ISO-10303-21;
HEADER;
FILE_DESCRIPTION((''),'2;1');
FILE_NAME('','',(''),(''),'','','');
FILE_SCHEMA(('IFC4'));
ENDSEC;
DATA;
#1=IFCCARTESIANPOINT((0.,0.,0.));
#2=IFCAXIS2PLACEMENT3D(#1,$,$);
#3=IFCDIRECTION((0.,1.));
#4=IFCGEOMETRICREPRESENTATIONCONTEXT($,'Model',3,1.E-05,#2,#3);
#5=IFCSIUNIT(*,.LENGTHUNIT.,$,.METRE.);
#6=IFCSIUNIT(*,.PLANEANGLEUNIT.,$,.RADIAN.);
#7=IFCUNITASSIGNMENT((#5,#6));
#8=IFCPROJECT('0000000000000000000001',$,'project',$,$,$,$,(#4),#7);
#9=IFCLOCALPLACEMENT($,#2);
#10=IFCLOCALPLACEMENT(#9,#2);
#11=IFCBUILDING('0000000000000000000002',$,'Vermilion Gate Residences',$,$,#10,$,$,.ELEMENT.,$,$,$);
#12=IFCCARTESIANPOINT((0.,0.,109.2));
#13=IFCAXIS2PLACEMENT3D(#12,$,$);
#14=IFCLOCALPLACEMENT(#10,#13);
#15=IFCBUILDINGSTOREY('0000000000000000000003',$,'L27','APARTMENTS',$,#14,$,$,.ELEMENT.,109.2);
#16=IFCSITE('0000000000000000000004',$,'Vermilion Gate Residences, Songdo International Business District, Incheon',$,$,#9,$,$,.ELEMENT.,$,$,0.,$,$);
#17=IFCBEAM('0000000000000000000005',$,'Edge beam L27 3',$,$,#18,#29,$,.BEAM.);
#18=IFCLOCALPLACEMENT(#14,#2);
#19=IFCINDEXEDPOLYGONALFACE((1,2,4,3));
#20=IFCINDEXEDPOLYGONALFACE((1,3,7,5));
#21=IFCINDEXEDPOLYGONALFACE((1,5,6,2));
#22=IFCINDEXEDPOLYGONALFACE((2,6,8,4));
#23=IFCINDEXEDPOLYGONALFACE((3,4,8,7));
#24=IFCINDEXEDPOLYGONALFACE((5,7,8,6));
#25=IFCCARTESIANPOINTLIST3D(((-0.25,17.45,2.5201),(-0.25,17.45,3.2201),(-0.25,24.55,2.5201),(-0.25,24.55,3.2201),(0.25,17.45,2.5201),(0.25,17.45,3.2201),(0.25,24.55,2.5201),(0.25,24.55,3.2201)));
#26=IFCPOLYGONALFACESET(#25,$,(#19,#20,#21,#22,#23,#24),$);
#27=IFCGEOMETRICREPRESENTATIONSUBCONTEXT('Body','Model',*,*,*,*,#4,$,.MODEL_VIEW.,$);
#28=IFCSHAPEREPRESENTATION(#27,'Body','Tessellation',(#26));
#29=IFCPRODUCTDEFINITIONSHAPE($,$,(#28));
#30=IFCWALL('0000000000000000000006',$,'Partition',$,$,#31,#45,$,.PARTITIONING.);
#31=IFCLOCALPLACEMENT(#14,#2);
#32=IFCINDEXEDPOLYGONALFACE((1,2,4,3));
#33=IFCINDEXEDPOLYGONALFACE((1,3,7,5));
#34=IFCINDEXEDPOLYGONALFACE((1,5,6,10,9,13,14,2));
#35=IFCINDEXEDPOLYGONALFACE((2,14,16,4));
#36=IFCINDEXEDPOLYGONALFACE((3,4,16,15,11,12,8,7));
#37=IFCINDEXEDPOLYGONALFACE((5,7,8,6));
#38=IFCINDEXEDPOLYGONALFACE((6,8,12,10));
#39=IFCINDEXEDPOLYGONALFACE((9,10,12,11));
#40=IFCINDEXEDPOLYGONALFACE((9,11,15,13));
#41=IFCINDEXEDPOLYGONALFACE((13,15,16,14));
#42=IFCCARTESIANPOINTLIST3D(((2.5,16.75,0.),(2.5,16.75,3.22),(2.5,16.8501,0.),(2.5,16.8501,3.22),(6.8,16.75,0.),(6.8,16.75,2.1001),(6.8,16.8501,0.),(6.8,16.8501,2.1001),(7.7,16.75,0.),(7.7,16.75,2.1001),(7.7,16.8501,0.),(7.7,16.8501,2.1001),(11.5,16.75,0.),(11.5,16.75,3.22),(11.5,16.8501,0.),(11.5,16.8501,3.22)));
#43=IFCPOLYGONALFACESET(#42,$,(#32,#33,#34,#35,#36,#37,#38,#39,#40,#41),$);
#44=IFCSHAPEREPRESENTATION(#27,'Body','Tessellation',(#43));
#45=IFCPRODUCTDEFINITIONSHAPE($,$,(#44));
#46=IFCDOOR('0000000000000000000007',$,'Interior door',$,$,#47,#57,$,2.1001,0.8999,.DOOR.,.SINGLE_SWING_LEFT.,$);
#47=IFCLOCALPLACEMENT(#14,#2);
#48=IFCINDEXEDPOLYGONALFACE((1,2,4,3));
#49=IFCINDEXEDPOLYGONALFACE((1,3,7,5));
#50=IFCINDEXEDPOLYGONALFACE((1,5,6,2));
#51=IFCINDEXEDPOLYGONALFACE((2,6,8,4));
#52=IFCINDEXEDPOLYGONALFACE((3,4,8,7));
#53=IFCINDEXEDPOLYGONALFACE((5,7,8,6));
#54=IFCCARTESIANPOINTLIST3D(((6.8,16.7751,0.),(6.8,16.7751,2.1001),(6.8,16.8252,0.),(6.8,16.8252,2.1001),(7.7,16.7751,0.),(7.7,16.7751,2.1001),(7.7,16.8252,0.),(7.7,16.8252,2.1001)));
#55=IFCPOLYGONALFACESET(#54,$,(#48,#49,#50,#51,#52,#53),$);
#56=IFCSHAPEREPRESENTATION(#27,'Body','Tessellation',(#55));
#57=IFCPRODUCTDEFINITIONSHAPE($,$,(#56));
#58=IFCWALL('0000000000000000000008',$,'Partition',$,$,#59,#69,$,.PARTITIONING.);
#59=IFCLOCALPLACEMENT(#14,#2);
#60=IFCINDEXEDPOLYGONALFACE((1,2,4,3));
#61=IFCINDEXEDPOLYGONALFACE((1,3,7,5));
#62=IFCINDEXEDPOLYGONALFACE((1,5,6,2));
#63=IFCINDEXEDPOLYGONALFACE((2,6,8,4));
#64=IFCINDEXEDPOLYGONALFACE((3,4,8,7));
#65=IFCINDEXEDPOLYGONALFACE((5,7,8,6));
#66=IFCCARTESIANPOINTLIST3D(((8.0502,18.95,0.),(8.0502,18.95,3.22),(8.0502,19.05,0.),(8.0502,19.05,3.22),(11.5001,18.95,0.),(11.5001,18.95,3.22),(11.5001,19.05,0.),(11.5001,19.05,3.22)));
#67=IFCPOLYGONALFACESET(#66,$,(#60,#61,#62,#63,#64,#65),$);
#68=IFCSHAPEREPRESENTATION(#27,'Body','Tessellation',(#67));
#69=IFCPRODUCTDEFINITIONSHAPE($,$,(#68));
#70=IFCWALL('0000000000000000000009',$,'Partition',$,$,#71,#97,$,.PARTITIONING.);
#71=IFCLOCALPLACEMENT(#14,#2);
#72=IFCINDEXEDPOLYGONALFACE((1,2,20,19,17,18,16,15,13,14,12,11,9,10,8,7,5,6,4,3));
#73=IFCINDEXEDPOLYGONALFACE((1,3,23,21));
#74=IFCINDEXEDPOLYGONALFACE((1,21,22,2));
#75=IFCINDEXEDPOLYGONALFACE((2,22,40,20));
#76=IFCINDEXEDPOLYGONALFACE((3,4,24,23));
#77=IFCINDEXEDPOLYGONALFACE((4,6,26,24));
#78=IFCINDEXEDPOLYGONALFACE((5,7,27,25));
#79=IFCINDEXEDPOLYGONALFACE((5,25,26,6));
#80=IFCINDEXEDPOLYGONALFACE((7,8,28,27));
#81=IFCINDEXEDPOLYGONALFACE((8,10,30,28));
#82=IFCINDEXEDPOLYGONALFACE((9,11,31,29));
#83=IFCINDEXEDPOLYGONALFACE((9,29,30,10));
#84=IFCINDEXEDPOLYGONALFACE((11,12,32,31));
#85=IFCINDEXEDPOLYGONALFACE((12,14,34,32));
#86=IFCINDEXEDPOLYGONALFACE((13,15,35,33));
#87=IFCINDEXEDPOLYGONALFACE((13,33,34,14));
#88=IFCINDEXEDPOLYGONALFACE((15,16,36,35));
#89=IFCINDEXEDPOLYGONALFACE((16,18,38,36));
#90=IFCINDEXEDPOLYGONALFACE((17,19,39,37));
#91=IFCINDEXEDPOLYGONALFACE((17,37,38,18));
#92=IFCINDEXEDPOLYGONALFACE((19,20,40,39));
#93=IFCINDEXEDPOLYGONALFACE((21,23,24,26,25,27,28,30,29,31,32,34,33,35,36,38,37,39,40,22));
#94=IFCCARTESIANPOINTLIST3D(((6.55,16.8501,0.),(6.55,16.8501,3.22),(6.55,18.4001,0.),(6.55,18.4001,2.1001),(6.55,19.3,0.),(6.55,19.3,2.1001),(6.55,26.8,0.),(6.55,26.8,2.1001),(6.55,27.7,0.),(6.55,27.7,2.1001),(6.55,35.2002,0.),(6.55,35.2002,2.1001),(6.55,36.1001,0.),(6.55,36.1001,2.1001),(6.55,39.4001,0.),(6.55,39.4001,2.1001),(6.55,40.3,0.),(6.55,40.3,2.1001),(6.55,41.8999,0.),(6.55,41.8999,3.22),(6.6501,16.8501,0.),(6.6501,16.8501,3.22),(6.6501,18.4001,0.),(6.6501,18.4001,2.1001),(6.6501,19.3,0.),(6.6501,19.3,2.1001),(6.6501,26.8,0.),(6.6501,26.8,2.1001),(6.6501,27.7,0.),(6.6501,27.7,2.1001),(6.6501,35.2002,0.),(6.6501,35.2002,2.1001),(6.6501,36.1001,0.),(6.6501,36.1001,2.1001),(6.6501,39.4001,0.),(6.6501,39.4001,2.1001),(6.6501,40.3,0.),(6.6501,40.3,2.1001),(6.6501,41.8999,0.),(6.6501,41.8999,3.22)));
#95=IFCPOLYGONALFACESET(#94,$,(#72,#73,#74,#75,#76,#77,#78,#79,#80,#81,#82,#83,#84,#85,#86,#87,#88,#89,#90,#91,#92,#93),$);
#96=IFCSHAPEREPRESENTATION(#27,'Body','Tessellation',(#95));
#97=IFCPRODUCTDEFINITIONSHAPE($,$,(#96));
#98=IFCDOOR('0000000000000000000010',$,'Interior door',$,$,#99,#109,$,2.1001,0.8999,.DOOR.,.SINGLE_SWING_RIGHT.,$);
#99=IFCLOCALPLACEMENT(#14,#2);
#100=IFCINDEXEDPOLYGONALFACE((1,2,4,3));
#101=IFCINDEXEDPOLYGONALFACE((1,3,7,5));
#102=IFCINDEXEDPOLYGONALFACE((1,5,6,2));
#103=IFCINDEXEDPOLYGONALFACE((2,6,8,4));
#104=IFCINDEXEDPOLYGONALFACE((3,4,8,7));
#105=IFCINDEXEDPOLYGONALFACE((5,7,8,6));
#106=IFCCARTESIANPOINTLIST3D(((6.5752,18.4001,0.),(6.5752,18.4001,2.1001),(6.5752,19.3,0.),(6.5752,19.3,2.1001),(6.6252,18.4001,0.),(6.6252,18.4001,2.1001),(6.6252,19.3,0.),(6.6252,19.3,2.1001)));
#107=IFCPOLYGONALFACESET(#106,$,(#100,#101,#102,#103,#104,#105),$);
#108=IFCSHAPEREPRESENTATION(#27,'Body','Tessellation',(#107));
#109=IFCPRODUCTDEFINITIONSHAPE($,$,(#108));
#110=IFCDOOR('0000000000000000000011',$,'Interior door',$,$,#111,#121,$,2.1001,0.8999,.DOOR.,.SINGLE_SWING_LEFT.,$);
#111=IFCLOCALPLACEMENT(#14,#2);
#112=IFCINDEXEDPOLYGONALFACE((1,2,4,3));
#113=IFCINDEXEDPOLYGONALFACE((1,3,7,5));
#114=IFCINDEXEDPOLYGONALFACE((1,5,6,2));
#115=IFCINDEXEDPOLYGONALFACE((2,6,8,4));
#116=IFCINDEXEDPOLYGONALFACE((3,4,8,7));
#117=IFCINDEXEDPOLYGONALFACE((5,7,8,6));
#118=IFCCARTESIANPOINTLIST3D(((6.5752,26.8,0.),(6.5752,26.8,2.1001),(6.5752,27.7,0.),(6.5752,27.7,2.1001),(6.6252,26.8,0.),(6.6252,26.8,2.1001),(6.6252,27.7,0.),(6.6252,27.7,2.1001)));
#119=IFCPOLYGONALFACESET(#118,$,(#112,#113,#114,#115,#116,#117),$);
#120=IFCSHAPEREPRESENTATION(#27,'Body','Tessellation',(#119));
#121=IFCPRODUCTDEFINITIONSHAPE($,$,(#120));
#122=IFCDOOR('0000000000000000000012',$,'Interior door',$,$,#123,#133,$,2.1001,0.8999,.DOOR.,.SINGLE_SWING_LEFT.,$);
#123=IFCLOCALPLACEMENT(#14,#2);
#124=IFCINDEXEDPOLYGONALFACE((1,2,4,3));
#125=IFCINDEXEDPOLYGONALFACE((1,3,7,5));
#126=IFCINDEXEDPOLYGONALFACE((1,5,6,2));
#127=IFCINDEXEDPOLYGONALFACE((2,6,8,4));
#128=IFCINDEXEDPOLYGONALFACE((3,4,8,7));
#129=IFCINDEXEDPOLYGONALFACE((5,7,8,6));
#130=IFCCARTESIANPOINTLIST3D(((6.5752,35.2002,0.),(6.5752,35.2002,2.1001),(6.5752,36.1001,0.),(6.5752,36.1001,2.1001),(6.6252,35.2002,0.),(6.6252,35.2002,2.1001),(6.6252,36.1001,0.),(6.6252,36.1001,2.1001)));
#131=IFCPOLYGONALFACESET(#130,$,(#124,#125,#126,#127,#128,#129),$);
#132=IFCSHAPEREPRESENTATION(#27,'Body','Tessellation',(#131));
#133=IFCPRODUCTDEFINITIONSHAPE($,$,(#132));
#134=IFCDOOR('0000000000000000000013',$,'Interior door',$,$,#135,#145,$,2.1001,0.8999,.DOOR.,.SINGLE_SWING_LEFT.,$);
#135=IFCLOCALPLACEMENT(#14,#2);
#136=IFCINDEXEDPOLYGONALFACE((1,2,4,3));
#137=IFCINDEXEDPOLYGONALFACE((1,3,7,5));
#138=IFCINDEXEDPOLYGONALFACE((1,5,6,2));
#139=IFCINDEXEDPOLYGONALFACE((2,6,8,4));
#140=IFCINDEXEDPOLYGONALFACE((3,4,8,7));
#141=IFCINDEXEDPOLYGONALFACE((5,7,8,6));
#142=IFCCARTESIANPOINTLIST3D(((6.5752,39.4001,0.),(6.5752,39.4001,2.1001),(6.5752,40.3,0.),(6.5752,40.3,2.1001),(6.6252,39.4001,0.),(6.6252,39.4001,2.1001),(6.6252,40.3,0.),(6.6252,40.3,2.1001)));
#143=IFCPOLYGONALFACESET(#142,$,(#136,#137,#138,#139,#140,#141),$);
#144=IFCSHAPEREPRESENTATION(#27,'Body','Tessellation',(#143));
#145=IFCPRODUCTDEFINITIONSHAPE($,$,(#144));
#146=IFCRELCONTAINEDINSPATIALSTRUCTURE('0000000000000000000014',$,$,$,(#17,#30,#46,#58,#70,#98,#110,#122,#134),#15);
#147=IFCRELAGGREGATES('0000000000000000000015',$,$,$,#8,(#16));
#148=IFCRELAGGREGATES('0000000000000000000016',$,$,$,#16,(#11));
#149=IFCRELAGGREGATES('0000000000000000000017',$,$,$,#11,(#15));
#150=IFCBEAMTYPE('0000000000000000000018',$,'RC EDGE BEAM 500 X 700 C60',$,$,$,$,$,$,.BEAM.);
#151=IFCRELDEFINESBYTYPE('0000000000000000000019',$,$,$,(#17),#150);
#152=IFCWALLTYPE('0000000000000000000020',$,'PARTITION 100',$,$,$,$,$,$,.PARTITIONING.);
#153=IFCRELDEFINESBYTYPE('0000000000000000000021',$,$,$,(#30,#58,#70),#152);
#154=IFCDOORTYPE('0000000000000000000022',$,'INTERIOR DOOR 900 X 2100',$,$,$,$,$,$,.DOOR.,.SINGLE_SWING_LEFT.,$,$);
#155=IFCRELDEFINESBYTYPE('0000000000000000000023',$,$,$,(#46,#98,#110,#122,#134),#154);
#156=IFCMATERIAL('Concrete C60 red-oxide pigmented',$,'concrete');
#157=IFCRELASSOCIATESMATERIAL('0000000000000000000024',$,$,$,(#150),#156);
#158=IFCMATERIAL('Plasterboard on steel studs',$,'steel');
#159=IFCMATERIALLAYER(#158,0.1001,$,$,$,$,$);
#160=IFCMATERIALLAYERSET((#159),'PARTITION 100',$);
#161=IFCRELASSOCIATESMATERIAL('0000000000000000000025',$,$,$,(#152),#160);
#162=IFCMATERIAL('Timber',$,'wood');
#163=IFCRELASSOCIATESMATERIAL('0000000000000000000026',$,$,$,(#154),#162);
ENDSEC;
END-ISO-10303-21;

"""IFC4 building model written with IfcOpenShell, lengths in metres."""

from ifc_helpers import new_model, si_unit, direction, frame, frame_2d, origin, origin_2d, place, context, subcontext, project, spatial, rectangle, extrude, material, layer, layer_set, material_profile, profile_set, type_object, element, fill, save


model = new_model("IFC4")

# Units and contexts
model_context = context("Model", 3, precision=1e-05, world=origin(), true_north=direction((0.0, 1.0)))
body_context = subcontext(model_context, "Body", "Model", "MODEL_VIEW")
ifc_project = project(units=[si_unit("LENGTHUNIT", "METRE"), si_unit("PLANEANGLEUNIT", "RADIAN")], contexts=[model_context])

# Site, building, storey
site_placement = place(None, origin())
site = spatial("IfcSite", under=ifc_project, at=site_placement, Name="Vermilion Gate Residences, Songdo International Business District, Incheon", CompositionType="ELEMENT", RefElevation=0.0)
building_placement = place(site_placement, origin())
building = spatial("IfcBuilding", under=site, at=building_placement, Name="Vermilion Gate Residences", CompositionType="ELEMENT")
storey_placement = place(building_placement, frame((0.0, 0.0, 109.2)))
storey = spatial("IfcBuildingStorey", under=building, at=storey_placement, Name="L27", Description="APARTMENTS", CompositionType="ELEMENT", Elevation=109.2)

# Beam
ifc_material_1 = material(Name="Concrete C60 red-oxide pigmented", Category="concrete")
ifc_material_profile_1 = material_profile(ifc_material_1, rectangle(XDim=0.5, YDim=0.7, at=origin_2d()), Name="RC-500x700")
ifc_profile_set_1 = profile_set([ifc_material_profile_1], Name="Concrete C60 red-oxide pigmented")
beam_type = type_object("IfcBeamType", Name="RC EDGE BEAM 500 X 700 C60", PredefinedType="BEAM", material=ifc_profile_set_1)
beam_placement = place(storey_placement, frame((0.0, 17.45, 2.8701), z_axis=(0.0, 1.0, 0.0), x_axis=(-1.0, 0.0, 0.0)))
element("IfcBeam", 1, at=beam_placement, inside=storey, type_object=beam_type, Name="Edge beam L27 3", PredefinedType="BEAM", context=body_context, shape_type="SweptSolid", body=[
    extrude(rectangle(XDim=0.5, YDim=0.7, at=origin_2d()), origin(), (0.0, 0.0, 1.0), 7.1001),
])

# Wall, opening, door
ifc_material_2 = material(Name="Plasterboard on steel studs", Category="steel")
ifc_layer_1 = layer(ifc_material_2, 0.1001)
ifc_layer_set_1 = layer_set([ifc_layer_1], Name="PARTITION 100")
wall_type_1 = type_object("IfcWallType", Name="PARTITION 100", PredefinedType="PARTITIONING", material=ifc_layer_set_1)
wall_1_placement = place(storey_placement, frame((2.5, 16.8, 0.0), z_axis=(0.0, 0.0, 1.0), x_axis=(1.0, 0.0, 0.0)))
wall_1 = element("IfcWall", 2, at=wall_1_placement, inside=storey, type_object=wall_type_1, Name="Partition", PredefinedType="PARTITIONING", context=body_context, shape_type="SweptSolid", body=[
    extrude(rectangle(XDim=9.0, YDim=0.1001, at=frame_2d((4.5, 0.0))), origin(), (0.0, 0.0, 1.0), 3.22),
])
opening_1_placement = place(wall_1_placement, frame((4.3, 0.0, 0.0)))
opening_1 = element("IfcOpeningElement", 3, at=opening_1_placement, cuts=wall_1, PredefinedType="OPENING", context=body_context, shape_type="SweptSolid", body=[
    extrude(rectangle(XDim=0.8999, YDim=2.1001, at=frame_2d((0.45, 1.05))), frame((0.0, 0.0601, 0.0), z_axis=(0.0, -1.0, 0.0), x_axis=(1.0, 0.0, 0.0)), (0.0, 0.0, 1.0), 0.1201),
])
ifc_material_3 = material(Name="Timber", Category="wood")
door_type = type_object("IfcDoorType", Name="INTERIOR DOOR 900 X 2100", OperationType="SINGLE_SWING_LEFT", PredefinedType="DOOR", material=ifc_material_3)
door_1_placement = place(opening_1_placement, frame((0.8999, 0.0, 0.0), z_axis=(0.0, 0.0, 1.0), x_axis=(-1.0, 0.0, 0.0)))
door_1 = element("IfcDoor", 4, at=door_1_placement, inside=storey, type_object=door_type, Name="Interior door", OperationType="SINGLE_SWING_LEFT", OverallHeight=2.1001, OverallWidth=0.8999, PredefinedType="DOOR", context=body_context, shape_type="SweptSolid", body=[
    extrude(rectangle(XDim=0.8999, YDim=2.1001, at=frame_2d((0.45, 1.05))), frame((0.0, 0.0249, 0.0), z_axis=(0.0, -1.0, 0.0), x_axis=(1.0, 0.0, 0.0)), (0.0, 0.0, 1.0), 0.05),
])
fill(opening_1, door_1)

# Wall
wall_2_placement = place(storey_placement, frame((8.05, 19.0, 0.0), z_axis=(0.0, 0.0, 1.0), x_axis=(1.0, 0.0, 0.0)))
element("IfcWall", 5, at=wall_2_placement, inside=storey, type_object=wall_type_1, Name="Partition", PredefinedType="PARTITIONING", context=body_context, shape_type="SweptSolid", body=[
    extrude(rectangle(XDim=3.45, YDim=0.1001, at=frame_2d((1.7251, 0.0))), origin(), (0.0, 0.0, 1.0), 3.22),
])

# Wall, openings, doors
wall_3_placement = place(storey_placement, frame((6.6001, 16.8501, 0.0), z_axis=(0.0, 0.0, 1.0), x_axis=(0.0, 1.0, 0.0)))
wall_3 = element("IfcWall", 6, at=wall_3_placement, inside=storey, type_object=wall_type_1, Name="Partition", PredefinedType="PARTITIONING", context=body_context, shape_type="SweptSolid", body=[
    extrude(rectangle(XDim=25.0498, YDim=0.1001, at=frame_2d((12.5249, 0.0))), origin(), (0.0, 0.0, 1.0), 3.22),
])
opening_2_placement = place(wall_3_placement, frame((1.55, 0.0, 0.0)))
opening_2 = element("IfcOpeningElement", 7, at=opening_2_placement, cuts=wall_3, PredefinedType="OPENING", context=body_context, shape_type="SweptSolid", body=[
    extrude(rectangle(XDim=0.8999, YDim=2.1001, at=frame_2d((0.45, 1.05))), frame((0.0, 0.0601, 0.0), z_axis=(0.0, -1.0, 0.0), x_axis=(1.0, 0.0, 0.0)), (0.0, 0.0, 1.0), 0.1201),
])
opening_3_placement = place(wall_3_placement, frame((9.95, 0.0, 0.0)))
opening_3 = element("IfcOpeningElement", 8, at=opening_3_placement, cuts=wall_3, PredefinedType="OPENING", context=body_context, shape_type="SweptSolid", body=[
    extrude(rectangle(XDim=0.8999, YDim=2.1001, at=frame_2d((0.45, 1.05))), frame((0.0, 0.0601, 0.0), z_axis=(0.0, -1.0, 0.0), x_axis=(1.0, 0.0, 0.0)), (0.0, 0.0, 1.0), 0.1201),
])
opening_4_placement = place(wall_3_placement, frame((18.3501, 0.0, 0.0)))
opening_4 = element("IfcOpeningElement", 9, at=opening_4_placement, cuts=wall_3, PredefinedType="OPENING", context=body_context, shape_type="SweptSolid", body=[
    extrude(rectangle(XDim=0.8999, YDim=2.1001, at=frame_2d((0.45, 1.05))), frame((0.0, 0.0601, 0.0), z_axis=(0.0, -1.0, 0.0), x_axis=(1.0, 0.0, 0.0)), (0.0, 0.0, 1.0), 0.1201),
])
opening_5_placement = place(wall_3_placement, frame((22.55, 0.0, 0.0)))
opening_5 = element("IfcOpeningElement", 10, at=opening_5_placement, cuts=wall_3, PredefinedType="OPENING", context=body_context, shape_type="SweptSolid", body=[
    extrude(rectangle(XDim=0.8999, YDim=2.1001, at=frame_2d((0.45, 1.05))), frame((0.0, 0.0601, 0.0), z_axis=(0.0, -1.0, 0.0), x_axis=(1.0, 0.0, 0.0)), (0.0, 0.0, 1.0), 0.1201),
])
door_2_placement = place(opening_2_placement, origin())
door_2 = element("IfcDoor", 11, at=door_2_placement, inside=storey, type_object=door_type, Name="Interior door", OperationType="SINGLE_SWING_RIGHT", OverallHeight=2.1001, OverallWidth=0.8999, PredefinedType="DOOR", context=body_context, shape_type="SweptSolid", body=[
    extrude(rectangle(XDim=0.8999, YDim=2.1001, at=frame_2d((0.45, 1.05))), frame((0.0, 0.0249, 0.0), z_axis=(0.0, -1.0, 0.0), x_axis=(1.0, 0.0, 0.0)), (0.0, 0.0, 1.0), 0.05),
])
fill(opening_2, door_2)
door_3_placement = place(opening_3_placement, origin())
door_3 = element("IfcDoor", 12, at=door_3_placement, inside=storey, type_object=door_type, Name="Interior door", OperationType="SINGLE_SWING_LEFT", OverallHeight=2.1001, OverallWidth=0.8999, PredefinedType="DOOR", context=body_context, shape_type="SweptSolid", body=[
    extrude(rectangle(XDim=0.8999, YDim=2.1001, at=frame_2d((0.45, 1.05))), frame((0.0, 0.0249, 0.0), z_axis=(0.0, -1.0, 0.0), x_axis=(1.0, 0.0, 0.0)), (0.0, 0.0, 1.0), 0.05),
])
fill(opening_3, door_3)
door_4_placement = place(opening_4_placement, origin())
door_4 = element("IfcDoor", 13, at=door_4_placement, inside=storey, type_object=door_type, Name="Interior door", OperationType="SINGLE_SWING_LEFT", OverallHeight=2.1001, OverallWidth=0.8999, PredefinedType="DOOR", context=body_context, shape_type="SweptSolid", body=[
    extrude(rectangle(XDim=0.8999, YDim=2.1001, at=frame_2d((0.45, 1.05))), frame((0.0, 0.0249, 0.0), z_axis=(0.0, -1.0, 0.0), x_axis=(1.0, 0.0, 0.0)), (0.0, 0.0, 1.0), 0.05),
])
fill(opening_4, door_4)
door_5_placement = place(opening_5_placement, origin())
door_5 = element("IfcDoor", 14, at=door_5_placement, inside=storey, type_object=door_type, Name="Interior door", OperationType="SINGLE_SWING_LEFT", OverallHeight=2.1001, OverallWidth=0.8999, PredefinedType="DOOR", context=body_context, shape_type="SweptSolid", body=[
    extrude(rectangle(XDim=0.8999, YDim=2.1001, at=frame_2d((0.45, 1.05))), frame((0.0, 0.0249, 0.0), z_axis=(0.0, -1.0, 0.0), x_axis=(1.0, 0.0, 0.0)), (0.0, 0.0, 1.0), 0.05),
])
fill(opening_5, door_5)

save(model, "model.ifc")
